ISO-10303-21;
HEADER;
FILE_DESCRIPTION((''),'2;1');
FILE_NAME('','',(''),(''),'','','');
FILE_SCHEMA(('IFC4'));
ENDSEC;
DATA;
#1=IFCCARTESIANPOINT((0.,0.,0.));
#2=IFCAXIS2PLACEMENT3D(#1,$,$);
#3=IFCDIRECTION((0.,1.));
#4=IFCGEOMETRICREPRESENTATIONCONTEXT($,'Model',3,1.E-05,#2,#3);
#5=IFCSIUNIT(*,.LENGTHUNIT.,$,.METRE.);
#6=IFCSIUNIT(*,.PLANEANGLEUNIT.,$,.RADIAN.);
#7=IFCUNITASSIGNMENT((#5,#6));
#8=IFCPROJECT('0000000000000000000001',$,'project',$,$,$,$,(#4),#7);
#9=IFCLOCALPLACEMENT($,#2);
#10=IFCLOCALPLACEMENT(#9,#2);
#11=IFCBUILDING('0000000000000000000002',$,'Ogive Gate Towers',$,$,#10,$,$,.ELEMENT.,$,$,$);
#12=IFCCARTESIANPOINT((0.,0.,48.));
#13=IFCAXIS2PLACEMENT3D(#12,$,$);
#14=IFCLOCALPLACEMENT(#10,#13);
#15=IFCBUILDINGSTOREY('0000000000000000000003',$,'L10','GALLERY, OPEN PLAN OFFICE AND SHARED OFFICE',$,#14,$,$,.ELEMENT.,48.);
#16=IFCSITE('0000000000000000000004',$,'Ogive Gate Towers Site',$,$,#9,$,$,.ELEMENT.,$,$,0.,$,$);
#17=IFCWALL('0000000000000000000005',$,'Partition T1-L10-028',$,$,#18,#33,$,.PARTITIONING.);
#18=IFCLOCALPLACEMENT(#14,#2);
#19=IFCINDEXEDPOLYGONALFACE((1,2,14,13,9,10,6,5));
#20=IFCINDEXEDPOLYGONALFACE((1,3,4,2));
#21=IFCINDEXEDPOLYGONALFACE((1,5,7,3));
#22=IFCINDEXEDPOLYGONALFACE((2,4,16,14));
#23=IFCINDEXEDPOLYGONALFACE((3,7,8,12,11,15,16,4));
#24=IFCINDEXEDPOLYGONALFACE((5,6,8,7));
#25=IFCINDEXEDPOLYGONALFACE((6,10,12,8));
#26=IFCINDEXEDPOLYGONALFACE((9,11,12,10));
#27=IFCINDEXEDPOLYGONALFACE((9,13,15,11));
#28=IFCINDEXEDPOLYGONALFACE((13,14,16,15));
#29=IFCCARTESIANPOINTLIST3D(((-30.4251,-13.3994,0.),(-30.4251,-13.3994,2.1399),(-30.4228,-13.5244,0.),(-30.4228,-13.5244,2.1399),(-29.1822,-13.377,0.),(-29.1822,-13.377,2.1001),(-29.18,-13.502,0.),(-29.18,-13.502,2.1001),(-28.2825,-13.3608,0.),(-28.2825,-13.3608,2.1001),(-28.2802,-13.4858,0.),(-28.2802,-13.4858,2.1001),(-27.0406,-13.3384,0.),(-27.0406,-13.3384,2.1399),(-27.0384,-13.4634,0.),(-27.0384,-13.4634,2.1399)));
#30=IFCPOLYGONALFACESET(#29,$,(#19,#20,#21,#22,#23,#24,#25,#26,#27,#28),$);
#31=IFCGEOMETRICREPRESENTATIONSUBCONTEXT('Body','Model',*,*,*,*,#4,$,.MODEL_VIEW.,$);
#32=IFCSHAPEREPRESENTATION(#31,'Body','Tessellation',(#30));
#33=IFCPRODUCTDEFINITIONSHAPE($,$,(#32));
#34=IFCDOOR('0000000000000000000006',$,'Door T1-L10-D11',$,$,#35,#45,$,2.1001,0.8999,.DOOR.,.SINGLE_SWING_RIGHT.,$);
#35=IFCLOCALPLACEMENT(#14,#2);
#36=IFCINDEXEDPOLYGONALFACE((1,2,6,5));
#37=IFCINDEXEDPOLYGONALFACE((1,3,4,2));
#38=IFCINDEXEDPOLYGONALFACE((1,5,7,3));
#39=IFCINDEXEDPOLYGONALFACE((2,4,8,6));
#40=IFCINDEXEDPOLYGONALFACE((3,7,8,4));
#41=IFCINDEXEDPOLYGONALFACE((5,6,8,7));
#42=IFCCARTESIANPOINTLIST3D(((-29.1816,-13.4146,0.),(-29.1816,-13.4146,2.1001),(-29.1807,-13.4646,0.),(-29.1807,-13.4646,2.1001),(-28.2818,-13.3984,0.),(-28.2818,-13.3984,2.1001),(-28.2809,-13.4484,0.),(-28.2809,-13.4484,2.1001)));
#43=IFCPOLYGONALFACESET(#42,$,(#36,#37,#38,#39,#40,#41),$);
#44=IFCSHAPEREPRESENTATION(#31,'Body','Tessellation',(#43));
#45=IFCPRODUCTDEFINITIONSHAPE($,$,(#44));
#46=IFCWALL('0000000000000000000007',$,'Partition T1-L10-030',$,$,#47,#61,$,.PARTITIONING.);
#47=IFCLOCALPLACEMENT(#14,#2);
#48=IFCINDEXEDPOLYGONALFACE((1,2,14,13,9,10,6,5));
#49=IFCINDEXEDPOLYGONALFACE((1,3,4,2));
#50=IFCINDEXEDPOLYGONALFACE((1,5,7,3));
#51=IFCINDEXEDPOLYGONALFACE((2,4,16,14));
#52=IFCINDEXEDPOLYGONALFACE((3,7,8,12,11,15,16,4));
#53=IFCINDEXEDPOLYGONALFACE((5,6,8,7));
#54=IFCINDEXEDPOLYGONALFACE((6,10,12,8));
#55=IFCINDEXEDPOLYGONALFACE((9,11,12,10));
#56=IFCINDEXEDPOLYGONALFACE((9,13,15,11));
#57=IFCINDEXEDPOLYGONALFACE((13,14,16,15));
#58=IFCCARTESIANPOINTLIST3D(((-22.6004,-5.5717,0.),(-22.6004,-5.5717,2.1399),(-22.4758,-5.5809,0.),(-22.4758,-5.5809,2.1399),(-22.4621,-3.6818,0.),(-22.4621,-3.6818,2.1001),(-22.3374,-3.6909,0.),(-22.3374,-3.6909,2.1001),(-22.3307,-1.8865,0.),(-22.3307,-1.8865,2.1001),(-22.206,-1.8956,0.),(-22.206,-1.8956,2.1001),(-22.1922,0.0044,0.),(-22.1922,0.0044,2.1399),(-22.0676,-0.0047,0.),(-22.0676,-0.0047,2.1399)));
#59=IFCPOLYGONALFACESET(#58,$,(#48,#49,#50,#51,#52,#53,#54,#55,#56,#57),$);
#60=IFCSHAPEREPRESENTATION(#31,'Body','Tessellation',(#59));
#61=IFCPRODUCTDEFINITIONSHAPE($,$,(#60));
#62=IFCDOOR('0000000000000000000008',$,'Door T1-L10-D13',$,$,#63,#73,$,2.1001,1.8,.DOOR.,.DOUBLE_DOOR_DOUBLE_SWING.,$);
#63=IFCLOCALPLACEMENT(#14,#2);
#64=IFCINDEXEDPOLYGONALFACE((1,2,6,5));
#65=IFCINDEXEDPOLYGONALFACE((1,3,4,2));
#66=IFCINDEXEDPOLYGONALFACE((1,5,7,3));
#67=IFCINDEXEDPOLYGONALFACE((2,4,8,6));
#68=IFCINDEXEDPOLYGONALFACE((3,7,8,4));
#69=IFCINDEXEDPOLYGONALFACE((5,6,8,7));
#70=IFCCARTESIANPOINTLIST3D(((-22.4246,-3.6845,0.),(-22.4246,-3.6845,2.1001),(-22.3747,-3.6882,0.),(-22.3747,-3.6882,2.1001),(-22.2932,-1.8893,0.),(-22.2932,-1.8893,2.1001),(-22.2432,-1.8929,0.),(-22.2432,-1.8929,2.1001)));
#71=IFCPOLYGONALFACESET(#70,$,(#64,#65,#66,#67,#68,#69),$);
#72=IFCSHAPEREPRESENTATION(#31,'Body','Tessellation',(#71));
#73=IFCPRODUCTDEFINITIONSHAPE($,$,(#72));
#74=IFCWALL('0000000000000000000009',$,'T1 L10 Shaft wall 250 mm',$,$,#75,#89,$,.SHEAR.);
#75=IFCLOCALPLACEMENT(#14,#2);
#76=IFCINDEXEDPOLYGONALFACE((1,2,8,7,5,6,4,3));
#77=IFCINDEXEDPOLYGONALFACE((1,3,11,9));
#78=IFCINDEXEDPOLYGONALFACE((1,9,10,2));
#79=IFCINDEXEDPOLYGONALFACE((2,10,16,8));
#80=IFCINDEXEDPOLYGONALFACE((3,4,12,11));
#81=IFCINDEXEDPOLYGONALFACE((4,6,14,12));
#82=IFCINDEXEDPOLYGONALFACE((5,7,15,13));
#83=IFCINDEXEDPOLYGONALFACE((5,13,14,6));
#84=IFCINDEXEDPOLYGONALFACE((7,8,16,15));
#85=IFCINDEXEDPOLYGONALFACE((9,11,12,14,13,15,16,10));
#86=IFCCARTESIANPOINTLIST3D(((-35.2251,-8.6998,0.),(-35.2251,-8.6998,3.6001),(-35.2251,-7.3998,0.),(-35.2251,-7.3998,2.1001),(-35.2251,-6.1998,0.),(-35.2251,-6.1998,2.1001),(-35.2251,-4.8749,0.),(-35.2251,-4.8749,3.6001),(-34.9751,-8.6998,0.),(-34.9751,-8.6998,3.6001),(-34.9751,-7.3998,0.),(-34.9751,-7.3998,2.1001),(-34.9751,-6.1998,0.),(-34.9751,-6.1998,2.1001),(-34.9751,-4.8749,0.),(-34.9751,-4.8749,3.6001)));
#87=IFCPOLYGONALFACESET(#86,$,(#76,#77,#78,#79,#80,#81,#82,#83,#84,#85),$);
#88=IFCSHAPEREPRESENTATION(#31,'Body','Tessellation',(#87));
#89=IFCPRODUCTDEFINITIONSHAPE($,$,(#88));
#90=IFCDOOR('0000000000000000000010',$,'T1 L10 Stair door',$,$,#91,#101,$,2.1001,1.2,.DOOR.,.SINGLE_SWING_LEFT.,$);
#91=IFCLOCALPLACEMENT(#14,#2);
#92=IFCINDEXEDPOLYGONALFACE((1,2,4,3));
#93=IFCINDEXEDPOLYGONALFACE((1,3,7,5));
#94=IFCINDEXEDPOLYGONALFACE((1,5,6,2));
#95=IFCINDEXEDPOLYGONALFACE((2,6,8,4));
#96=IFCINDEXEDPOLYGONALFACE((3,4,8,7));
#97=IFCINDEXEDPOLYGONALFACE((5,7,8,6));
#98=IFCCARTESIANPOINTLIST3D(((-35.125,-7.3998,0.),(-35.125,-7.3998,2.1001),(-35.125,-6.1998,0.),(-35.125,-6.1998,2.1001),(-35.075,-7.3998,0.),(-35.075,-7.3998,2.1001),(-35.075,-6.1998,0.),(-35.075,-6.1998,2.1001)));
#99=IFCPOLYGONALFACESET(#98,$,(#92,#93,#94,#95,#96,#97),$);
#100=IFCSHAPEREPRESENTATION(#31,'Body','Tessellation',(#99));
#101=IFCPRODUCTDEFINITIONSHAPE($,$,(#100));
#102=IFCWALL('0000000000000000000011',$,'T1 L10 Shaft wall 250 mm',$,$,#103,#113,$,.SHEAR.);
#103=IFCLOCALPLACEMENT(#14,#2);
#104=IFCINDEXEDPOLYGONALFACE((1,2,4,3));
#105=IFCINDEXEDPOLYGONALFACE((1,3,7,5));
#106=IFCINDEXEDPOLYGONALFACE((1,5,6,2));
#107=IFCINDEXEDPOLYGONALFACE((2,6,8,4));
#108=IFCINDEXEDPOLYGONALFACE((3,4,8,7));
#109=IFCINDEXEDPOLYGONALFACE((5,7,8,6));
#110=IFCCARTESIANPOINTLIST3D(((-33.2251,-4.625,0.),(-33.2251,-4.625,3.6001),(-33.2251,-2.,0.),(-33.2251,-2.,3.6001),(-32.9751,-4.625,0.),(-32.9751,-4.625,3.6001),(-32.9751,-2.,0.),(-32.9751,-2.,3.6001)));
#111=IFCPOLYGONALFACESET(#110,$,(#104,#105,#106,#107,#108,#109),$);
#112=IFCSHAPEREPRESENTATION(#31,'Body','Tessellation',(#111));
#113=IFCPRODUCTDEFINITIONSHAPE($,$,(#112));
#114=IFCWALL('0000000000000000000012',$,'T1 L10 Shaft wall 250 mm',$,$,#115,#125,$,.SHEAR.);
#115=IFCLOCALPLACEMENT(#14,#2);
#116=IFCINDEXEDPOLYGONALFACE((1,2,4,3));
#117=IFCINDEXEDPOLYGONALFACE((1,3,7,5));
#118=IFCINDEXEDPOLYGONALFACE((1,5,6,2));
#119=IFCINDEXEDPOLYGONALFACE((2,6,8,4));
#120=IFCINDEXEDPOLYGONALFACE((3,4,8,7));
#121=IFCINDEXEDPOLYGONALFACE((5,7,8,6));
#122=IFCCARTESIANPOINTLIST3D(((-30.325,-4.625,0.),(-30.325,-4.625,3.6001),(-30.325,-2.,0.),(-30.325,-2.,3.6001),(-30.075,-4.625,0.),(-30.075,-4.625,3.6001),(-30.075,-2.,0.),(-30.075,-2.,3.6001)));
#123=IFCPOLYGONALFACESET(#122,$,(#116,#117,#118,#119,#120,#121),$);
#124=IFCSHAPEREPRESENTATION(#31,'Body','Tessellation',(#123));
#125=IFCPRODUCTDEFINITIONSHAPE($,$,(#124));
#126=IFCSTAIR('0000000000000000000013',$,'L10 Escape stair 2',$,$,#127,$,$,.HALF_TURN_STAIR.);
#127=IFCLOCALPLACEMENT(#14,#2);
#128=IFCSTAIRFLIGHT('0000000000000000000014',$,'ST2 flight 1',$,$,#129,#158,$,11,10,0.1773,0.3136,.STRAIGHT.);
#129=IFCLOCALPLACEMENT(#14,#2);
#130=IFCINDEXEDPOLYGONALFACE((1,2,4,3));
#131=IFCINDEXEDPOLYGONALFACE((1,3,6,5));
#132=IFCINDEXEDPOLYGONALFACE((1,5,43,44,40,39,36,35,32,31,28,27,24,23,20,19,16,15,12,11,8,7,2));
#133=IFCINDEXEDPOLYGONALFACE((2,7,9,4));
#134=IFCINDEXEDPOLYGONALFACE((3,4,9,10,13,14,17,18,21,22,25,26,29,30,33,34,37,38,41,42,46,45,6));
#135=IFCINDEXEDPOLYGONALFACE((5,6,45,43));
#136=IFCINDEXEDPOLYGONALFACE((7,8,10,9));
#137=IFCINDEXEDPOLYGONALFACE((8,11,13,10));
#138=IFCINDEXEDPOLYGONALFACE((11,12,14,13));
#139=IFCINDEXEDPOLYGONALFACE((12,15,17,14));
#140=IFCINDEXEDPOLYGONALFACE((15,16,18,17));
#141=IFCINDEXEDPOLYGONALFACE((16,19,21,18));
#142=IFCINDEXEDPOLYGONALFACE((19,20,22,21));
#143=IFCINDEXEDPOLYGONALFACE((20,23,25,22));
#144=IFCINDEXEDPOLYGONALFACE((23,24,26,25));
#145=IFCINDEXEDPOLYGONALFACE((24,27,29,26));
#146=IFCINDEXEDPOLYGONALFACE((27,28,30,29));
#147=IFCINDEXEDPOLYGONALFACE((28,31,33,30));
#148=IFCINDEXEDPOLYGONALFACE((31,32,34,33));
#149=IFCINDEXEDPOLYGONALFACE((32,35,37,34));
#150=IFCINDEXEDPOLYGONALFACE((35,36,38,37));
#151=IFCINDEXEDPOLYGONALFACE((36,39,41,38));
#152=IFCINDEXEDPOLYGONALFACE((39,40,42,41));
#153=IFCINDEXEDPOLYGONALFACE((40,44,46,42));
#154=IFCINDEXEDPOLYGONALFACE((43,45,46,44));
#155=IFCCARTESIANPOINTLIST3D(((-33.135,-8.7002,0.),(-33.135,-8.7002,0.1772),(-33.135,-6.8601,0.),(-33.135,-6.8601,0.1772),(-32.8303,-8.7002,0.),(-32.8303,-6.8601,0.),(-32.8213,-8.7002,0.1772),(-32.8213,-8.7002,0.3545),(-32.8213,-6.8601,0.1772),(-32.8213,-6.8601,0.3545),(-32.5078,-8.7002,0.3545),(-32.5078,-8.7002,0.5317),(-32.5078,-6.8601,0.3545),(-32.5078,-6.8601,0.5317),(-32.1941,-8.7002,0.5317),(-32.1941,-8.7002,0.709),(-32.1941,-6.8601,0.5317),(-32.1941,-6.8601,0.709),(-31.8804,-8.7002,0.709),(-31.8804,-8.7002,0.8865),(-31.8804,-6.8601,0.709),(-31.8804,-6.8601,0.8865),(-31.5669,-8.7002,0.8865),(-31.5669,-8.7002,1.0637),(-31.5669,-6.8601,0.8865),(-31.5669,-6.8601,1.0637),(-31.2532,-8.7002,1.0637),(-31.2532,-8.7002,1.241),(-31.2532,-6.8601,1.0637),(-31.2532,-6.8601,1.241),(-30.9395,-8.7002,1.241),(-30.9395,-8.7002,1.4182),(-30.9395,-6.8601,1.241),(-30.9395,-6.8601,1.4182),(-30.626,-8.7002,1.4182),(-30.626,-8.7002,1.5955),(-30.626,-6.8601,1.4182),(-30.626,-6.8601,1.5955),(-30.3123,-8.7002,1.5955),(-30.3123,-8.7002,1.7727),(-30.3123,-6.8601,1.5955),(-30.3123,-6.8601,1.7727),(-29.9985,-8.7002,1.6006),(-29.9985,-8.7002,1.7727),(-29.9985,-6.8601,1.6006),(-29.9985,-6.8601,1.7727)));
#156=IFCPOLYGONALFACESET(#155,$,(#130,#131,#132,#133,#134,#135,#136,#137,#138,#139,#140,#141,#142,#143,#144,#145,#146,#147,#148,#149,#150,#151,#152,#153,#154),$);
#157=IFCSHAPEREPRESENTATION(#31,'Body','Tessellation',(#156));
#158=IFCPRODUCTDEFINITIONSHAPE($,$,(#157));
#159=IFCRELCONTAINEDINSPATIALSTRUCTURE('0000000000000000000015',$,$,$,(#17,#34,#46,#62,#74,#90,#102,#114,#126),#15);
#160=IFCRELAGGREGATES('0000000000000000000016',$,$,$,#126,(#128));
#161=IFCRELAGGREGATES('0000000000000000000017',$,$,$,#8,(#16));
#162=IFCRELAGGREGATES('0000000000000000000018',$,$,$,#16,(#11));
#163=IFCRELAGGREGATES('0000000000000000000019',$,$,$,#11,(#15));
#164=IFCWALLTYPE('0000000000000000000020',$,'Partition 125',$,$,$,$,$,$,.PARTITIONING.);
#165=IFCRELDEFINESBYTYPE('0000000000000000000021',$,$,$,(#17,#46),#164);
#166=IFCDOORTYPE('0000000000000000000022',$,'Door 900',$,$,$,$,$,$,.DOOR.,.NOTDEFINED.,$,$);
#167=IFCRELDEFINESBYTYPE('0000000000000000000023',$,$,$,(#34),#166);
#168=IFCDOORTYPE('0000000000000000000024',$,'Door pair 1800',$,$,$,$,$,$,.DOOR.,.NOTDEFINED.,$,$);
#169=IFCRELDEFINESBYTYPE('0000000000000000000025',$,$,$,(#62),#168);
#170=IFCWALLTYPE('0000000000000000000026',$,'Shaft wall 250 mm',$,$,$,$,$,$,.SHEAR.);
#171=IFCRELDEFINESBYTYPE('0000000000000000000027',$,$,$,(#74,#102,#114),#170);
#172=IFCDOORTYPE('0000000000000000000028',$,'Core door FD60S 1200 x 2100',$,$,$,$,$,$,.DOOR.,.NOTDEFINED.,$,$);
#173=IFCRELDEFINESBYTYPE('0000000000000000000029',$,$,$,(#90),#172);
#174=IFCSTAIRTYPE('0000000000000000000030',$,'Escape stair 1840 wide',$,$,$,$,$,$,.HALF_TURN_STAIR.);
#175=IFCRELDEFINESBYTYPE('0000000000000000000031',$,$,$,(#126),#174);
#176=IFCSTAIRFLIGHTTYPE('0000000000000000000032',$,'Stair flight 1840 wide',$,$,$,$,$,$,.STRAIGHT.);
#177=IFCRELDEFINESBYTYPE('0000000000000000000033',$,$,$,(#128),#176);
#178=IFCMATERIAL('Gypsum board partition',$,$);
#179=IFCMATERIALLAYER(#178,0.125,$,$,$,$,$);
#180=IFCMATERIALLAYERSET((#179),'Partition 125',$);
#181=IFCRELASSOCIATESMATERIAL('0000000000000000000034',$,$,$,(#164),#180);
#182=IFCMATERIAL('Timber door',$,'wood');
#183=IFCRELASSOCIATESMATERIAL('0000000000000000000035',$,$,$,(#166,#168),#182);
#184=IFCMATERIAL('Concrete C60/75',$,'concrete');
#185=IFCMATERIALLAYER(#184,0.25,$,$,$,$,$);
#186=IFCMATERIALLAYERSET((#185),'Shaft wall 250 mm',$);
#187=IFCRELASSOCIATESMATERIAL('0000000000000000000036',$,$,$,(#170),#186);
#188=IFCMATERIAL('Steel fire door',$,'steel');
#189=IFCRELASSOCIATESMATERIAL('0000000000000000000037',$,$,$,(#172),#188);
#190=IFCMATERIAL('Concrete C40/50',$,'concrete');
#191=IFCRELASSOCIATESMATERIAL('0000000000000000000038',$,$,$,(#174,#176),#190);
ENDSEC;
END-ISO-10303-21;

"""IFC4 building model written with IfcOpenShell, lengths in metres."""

from ifc_helpers import new_model, si_unit, direction, frame, frame_2d, origin, place, context, subcontext, project, spatial, polyline, rectangle, outline, extrude, material, layer, layer_set, type_object, element, fill, aggregate, save


model = new_model("IFC4")

# Units and contexts
model_context = context("Model", 3, precision=1e-05, world=origin(), true_north=direction((0.0, 1.0)))
body_context = subcontext(model_context, "Body", "Model", "MODEL_VIEW")
ifc_project = project(units=[si_unit("LENGTHUNIT", "METRE"), si_unit("PLANEANGLEUNIT", "RADIAN")], contexts=[model_context])

# Site, building, storey
site_placement = place(None, origin())
site = spatial("IfcSite", under=ifc_project, at=site_placement, Name="Ogive Gate Towers Site", CompositionType="ELEMENT", RefElevation=0.0)
building_placement = place(site_placement, origin())
building = spatial("IfcBuilding", under=site, at=building_placement, Name="Ogive Gate Towers", CompositionType="ELEMENT")
storey_placement = place(building_placement, frame((0.0, 0.0, 48.0)))
storey = spatial("IfcBuildingStorey", under=building, at=storey_placement, Name="L10", Description="GALLERY, OPEN PLAN OFFICE AND SHARED OFFICE", CompositionType="ELEMENT", Elevation=48.0)

# Shared definitions
ifc_material_1 = material(Name="Timber door", Category="wood")
ifc_material_2 = material(Name="Concrete C60/75", Category="concrete")
ifc_material_3 = material(Name="Steel fire door", Category="steel")

# Shared definitions
ifc_material_4 = material(Name="Gypsum board partition")
ifc_layer_1 = layer(ifc_material_4, 0.125)
ifc_layer_set_1 = layer_set([ifc_layer_1], Name="Partition 125")
wall_type_1 = type_object("IfcWallType", Name="Partition 125", PredefinedType="PARTITIONING", material=ifc_layer_set_1)

# Walls, openings, doors
door_type_1 = type_object("IfcDoorType", Name="Door 900", OperationType="NOTDEFINED", PredefinedType="DOOR", material=ifc_material_1)
wall_1_placement = place(storey_placement, frame((-30.4238, -13.4619, 0.0), z_axis=(0.0, 0.0, 1.0), x_axis=(0.999837, 0.018031, 0.0)))
wall_1 = element("IfcWall", 1, at=wall_1_placement, inside=storey, type_object=wall_type_1, Name="Partition T1-L10-028", PredefinedType="PARTITIONING", context=body_context, shape_type="SweptSolid", body=[
    extrude(rectangle(XDim=3.385, YDim=0.125, at=frame_2d((1.6924, 0.0))), origin(), (0.0, 0.0, 1.0), 2.1399),
])
opening_1_placement = place(wall_1_placement, frame((1.2429, 0.0, 0.0)))
opening_1 = element("IfcOpeningElement", 2, at=opening_1_placement, cuts=wall_1, PredefinedType="OPENING", context=body_context, shape_type="SweptSolid", body=[
    extrude(rectangle(XDim=0.8999, YDim=2.1001, at=frame_2d((0.45, 1.05))), frame((0.0, 0.0725, 0.0), z_axis=(0.0, -1.0, 0.0), x_axis=(1.0, 0.0, 0.0)), (0.0, 0.0, 1.0), 0.145),
])
door_1_placement = place(opening_1_placement, origin())
door_1 = element("IfcDoor", 3, at=door_1_placement, inside=storey, type_object=door_type_1, Name="Door T1-L10-D11", OperationType="SINGLE_SWING_RIGHT", OverallHeight=2.1001, OverallWidth=0.8999, PredefinedType="DOOR", context=body_context, shape_type="SweptSolid", body=[
    extrude(rectangle(XDim=0.8999, YDim=2.1001, at=frame_2d((0.45, 1.05))), frame((0.0, 0.0249, 0.0), z_axis=(0.0, -1.0, 0.0), x_axis=(1.0, 0.0, 0.0)), (0.0, 0.0, 1.0), 0.05),
])
fill(opening_1, door_1)
wall_2_placement = place(storey_placement, frame((-22.5381, -5.5762, 0.0), z_axis=(0.0, 0.0, 1.0), x_axis=(0.07301, 0.997331, 0.0)))
wall_2 = element("IfcWall", 4, at=wall_2_placement, inside=storey, type_object=wall_type_1, Name="Partition T1-L10-030", PredefinedType="PARTITIONING", context=body_context, shape_type="SweptSolid", body=[
    extrude(rectangle(XDim=5.5911, YDim=0.125, at=frame_2d((2.7954, 0.0))), origin(), (0.0, 0.0, 1.0), 2.1399),
])
opening_2_placement = place(wall_2_placement, frame((1.895, 0.0, 0.0)))
opening_2 = element("IfcOpeningElement", 5, at=opening_2_placement, cuts=wall_2, PredefinedType="OPENING", context=body_context, shape_type="SweptSolid", body=[
    extrude(rectangle(XDim=1.8, YDim=2.1001, at=frame_2d((0.8999, 1.05))), frame((0.0, 0.0725, 0.0), z_axis=(0.0, -1.0, 0.0), x_axis=(1.0, 0.0, 0.0)), (0.0, 0.0, 1.0), 0.145),
])
door_type_2 = type_object("IfcDoorType", Name="Door pair 1800", OperationType="NOTDEFINED", PredefinedType="DOOR", material=ifc_material_1)
door_2_placement = place(opening_2_placement, origin())
door_2 = element("IfcDoor", 6, at=door_2_placement, inside=storey, type_object=door_type_2, Name="Door T1-L10-D13", OperationType="DOUBLE_DOOR_DOUBLE_SWING", OverallHeight=2.1001, OverallWidth=1.8, PredefinedType="DOOR", context=body_context, shape_type="SweptSolid", body=[
    extrude(rectangle(XDim=1.8, YDim=2.1001, at=frame_2d((0.8999, 1.05))), frame((0.0, 0.0249, 0.0), z_axis=(0.0, -1.0, 0.0), x_axis=(1.0, 0.0, 0.0)), (0.0, 0.0, 1.0), 0.05),
])
fill(opening_2, door_2)
ifc_layer_2 = layer(ifc_material_2, 0.25)
ifc_layer_set_2 = layer_set([ifc_layer_2], Name="Shaft wall 250 mm")
wall_type_2 = type_object("IfcWallType", Name="Shaft wall 250 mm", PredefinedType="SHEAR", material=ifc_layer_set_2)
wall_3_placement = place(storey_placement, frame((-35.1001, -8.7, 0.0), z_axis=(0.0, 0.0, 1.0), x_axis=(0.0, 1.0, 0.0)))
wall_3 = element("IfcWall", 7, at=wall_3_placement, inside=storey, type_object=wall_type_2, Name="T1 L10 Shaft wall 250 mm", PredefinedType="SHEAR", context=body_context, shape_type="SweptSolid", body=[
    extrude(rectangle(XDim=3.825, YDim=0.25, at=frame_2d((1.9126, 0.0))), origin(), (0.0, 0.0, 1.0), 3.6001),
])
opening_3_placement = place(wall_3_placement, frame((1.3, 0.0, 0.0)))
opening_3 = element("IfcOpeningElement", 8, at=opening_3_placement, cuts=wall_3, PredefinedType="OPENING", context=body_context, shape_type="SweptSolid", body=[
    extrude(rectangle(XDim=1.2, YDim=2.1001, at=frame_2d((0.6001, 1.05))), frame((0.0, 0.135, 0.0), z_axis=(0.0, -1.0, 0.0), x_axis=(1.0, 0.0, 0.0)), (0.0, 0.0, 1.0), 0.27),
])
door_type_3 = type_object("IfcDoorType", Name="Core door FD60S 1200 x 2100", OperationType="NOTDEFINED", PredefinedType="DOOR", material=ifc_material_3)
door_3_placement = place(opening_3_placement, origin())
door_3 = element("IfcDoor", 9, at=door_3_placement, inside=storey, type_object=door_type_3, Name="T1 L10 Stair door", OperationType="SINGLE_SWING_LEFT", OverallHeight=2.1001, OverallWidth=1.2, PredefinedType="DOOR", context=body_context, shape_type="SweptSolid", body=[
    extrude(rectangle(XDim=1.2, YDim=2.1001, at=frame_2d((0.6001, 1.05))), frame((0.0, 0.0249, 0.0), z_axis=(0.0, -1.0, 0.0), x_axis=(1.0, 0.0, 0.0)), (0.0, 0.0, 1.0), 0.05),
])
fill(opening_3, door_3)

# Walls
for number, where, z_axis, x_axis, name in (
    (10, (-33.1001, -4.625, 0.0), (0.0, 0.0, 1.0), (0.0, 1.0, 0.0), "T1 L10 Shaft wall 250 mm"),
    (11, (-30.2, -4.625, 0.0), (0.0, 0.0, 1.0), (0.0, 1.0, 0.0), "T1 L10 Shaft wall 250 mm"),
):
    element("IfcWall", number, at=place(storey_placement, frame(where, z_axis=z_axis, x_axis=x_axis)), inside=storey, type_object=wall_type_2, Name=name, PredefinedType="SHEAR", context=body_context, shape_type="SweptSolid", body=[
        extrude(rectangle(XDim=2.625, YDim=0.25, at=frame_2d((1.3125, 0.0))), origin(), (0.0, 0.0, 1.0), 3.6001),
    ])

# Stair, stair flight
ifc_material_5 = material(Name="Concrete C40/50", Category="concrete")
stair_type = type_object("IfcStairType", Name="Escape stair 1840 wide", PredefinedType="HALF_TURN_STAIR", material=ifc_material_5)
stair_placement = place(storey_placement, origin())
stair = element("IfcStair", 12, at=stair_placement, inside=storey, type_object=stair_type, Name="L10 Escape stair 2", PredefinedType="HALF_TURN_STAIR")
stair_flight_type = type_object("IfcStairFlightType", Name="Stair flight 1840 wide", PredefinedType="STRAIGHT", material=ifc_material_5)
stair_flight_1_placement = place(storey_placement, frame((-33.135, -7.78, 0.0), z_axis=(0.0, 0.0, 1.0), x_axis=(1.0, 0.0, 0.0)))
stair_flight_1 = element("IfcStairFlight", 13, at=stair_flight_1_placement, type_object=stair_flight_type, Name="ST2 flight 1", NumberOfRisers=11, NumberOfTreads=10, PredefinedType="STRAIGHT", RiserHeight=0.1773, TreadLength=0.3136, context=body_context, shape_type="SweptSolid", body=[
    extrude(outline(polyline([(0.0, 0.0), (0.0, 0.1772), (0.3137, 0.1772), (0.3137, 0.3545), (0.6272, 0.3545), (0.6272, 0.5317), (0.9409, 0.5317), (0.9409, 0.709), (1.2546, 0.709), (1.2546, 0.8865), (1.5681, 0.8865), (1.5681, 1.0637), (1.8818, 1.0637), (1.8818, 1.241), (2.1956, 1.241), (2.1956, 1.4182), (2.509, 1.4182), (2.509, 1.5955), (2.8228, 1.5955), (2.8228, 1.7727), (3.1365, 1.7727), (3.1365, 1.95), (3.1365, 1.6006), (0.3047, 0.0), (0.0, 0.0)])), frame((0.0, 0.9199, 0.0), z_axis=(0.0, -1.0, 0.0), x_axis=(1.0, 0.0, 0.0)), (0.0, 0.0, 1.0), 1.8401),
])
aggregate(stair, [stair_flight_1])

save(model, "model.ifc")
